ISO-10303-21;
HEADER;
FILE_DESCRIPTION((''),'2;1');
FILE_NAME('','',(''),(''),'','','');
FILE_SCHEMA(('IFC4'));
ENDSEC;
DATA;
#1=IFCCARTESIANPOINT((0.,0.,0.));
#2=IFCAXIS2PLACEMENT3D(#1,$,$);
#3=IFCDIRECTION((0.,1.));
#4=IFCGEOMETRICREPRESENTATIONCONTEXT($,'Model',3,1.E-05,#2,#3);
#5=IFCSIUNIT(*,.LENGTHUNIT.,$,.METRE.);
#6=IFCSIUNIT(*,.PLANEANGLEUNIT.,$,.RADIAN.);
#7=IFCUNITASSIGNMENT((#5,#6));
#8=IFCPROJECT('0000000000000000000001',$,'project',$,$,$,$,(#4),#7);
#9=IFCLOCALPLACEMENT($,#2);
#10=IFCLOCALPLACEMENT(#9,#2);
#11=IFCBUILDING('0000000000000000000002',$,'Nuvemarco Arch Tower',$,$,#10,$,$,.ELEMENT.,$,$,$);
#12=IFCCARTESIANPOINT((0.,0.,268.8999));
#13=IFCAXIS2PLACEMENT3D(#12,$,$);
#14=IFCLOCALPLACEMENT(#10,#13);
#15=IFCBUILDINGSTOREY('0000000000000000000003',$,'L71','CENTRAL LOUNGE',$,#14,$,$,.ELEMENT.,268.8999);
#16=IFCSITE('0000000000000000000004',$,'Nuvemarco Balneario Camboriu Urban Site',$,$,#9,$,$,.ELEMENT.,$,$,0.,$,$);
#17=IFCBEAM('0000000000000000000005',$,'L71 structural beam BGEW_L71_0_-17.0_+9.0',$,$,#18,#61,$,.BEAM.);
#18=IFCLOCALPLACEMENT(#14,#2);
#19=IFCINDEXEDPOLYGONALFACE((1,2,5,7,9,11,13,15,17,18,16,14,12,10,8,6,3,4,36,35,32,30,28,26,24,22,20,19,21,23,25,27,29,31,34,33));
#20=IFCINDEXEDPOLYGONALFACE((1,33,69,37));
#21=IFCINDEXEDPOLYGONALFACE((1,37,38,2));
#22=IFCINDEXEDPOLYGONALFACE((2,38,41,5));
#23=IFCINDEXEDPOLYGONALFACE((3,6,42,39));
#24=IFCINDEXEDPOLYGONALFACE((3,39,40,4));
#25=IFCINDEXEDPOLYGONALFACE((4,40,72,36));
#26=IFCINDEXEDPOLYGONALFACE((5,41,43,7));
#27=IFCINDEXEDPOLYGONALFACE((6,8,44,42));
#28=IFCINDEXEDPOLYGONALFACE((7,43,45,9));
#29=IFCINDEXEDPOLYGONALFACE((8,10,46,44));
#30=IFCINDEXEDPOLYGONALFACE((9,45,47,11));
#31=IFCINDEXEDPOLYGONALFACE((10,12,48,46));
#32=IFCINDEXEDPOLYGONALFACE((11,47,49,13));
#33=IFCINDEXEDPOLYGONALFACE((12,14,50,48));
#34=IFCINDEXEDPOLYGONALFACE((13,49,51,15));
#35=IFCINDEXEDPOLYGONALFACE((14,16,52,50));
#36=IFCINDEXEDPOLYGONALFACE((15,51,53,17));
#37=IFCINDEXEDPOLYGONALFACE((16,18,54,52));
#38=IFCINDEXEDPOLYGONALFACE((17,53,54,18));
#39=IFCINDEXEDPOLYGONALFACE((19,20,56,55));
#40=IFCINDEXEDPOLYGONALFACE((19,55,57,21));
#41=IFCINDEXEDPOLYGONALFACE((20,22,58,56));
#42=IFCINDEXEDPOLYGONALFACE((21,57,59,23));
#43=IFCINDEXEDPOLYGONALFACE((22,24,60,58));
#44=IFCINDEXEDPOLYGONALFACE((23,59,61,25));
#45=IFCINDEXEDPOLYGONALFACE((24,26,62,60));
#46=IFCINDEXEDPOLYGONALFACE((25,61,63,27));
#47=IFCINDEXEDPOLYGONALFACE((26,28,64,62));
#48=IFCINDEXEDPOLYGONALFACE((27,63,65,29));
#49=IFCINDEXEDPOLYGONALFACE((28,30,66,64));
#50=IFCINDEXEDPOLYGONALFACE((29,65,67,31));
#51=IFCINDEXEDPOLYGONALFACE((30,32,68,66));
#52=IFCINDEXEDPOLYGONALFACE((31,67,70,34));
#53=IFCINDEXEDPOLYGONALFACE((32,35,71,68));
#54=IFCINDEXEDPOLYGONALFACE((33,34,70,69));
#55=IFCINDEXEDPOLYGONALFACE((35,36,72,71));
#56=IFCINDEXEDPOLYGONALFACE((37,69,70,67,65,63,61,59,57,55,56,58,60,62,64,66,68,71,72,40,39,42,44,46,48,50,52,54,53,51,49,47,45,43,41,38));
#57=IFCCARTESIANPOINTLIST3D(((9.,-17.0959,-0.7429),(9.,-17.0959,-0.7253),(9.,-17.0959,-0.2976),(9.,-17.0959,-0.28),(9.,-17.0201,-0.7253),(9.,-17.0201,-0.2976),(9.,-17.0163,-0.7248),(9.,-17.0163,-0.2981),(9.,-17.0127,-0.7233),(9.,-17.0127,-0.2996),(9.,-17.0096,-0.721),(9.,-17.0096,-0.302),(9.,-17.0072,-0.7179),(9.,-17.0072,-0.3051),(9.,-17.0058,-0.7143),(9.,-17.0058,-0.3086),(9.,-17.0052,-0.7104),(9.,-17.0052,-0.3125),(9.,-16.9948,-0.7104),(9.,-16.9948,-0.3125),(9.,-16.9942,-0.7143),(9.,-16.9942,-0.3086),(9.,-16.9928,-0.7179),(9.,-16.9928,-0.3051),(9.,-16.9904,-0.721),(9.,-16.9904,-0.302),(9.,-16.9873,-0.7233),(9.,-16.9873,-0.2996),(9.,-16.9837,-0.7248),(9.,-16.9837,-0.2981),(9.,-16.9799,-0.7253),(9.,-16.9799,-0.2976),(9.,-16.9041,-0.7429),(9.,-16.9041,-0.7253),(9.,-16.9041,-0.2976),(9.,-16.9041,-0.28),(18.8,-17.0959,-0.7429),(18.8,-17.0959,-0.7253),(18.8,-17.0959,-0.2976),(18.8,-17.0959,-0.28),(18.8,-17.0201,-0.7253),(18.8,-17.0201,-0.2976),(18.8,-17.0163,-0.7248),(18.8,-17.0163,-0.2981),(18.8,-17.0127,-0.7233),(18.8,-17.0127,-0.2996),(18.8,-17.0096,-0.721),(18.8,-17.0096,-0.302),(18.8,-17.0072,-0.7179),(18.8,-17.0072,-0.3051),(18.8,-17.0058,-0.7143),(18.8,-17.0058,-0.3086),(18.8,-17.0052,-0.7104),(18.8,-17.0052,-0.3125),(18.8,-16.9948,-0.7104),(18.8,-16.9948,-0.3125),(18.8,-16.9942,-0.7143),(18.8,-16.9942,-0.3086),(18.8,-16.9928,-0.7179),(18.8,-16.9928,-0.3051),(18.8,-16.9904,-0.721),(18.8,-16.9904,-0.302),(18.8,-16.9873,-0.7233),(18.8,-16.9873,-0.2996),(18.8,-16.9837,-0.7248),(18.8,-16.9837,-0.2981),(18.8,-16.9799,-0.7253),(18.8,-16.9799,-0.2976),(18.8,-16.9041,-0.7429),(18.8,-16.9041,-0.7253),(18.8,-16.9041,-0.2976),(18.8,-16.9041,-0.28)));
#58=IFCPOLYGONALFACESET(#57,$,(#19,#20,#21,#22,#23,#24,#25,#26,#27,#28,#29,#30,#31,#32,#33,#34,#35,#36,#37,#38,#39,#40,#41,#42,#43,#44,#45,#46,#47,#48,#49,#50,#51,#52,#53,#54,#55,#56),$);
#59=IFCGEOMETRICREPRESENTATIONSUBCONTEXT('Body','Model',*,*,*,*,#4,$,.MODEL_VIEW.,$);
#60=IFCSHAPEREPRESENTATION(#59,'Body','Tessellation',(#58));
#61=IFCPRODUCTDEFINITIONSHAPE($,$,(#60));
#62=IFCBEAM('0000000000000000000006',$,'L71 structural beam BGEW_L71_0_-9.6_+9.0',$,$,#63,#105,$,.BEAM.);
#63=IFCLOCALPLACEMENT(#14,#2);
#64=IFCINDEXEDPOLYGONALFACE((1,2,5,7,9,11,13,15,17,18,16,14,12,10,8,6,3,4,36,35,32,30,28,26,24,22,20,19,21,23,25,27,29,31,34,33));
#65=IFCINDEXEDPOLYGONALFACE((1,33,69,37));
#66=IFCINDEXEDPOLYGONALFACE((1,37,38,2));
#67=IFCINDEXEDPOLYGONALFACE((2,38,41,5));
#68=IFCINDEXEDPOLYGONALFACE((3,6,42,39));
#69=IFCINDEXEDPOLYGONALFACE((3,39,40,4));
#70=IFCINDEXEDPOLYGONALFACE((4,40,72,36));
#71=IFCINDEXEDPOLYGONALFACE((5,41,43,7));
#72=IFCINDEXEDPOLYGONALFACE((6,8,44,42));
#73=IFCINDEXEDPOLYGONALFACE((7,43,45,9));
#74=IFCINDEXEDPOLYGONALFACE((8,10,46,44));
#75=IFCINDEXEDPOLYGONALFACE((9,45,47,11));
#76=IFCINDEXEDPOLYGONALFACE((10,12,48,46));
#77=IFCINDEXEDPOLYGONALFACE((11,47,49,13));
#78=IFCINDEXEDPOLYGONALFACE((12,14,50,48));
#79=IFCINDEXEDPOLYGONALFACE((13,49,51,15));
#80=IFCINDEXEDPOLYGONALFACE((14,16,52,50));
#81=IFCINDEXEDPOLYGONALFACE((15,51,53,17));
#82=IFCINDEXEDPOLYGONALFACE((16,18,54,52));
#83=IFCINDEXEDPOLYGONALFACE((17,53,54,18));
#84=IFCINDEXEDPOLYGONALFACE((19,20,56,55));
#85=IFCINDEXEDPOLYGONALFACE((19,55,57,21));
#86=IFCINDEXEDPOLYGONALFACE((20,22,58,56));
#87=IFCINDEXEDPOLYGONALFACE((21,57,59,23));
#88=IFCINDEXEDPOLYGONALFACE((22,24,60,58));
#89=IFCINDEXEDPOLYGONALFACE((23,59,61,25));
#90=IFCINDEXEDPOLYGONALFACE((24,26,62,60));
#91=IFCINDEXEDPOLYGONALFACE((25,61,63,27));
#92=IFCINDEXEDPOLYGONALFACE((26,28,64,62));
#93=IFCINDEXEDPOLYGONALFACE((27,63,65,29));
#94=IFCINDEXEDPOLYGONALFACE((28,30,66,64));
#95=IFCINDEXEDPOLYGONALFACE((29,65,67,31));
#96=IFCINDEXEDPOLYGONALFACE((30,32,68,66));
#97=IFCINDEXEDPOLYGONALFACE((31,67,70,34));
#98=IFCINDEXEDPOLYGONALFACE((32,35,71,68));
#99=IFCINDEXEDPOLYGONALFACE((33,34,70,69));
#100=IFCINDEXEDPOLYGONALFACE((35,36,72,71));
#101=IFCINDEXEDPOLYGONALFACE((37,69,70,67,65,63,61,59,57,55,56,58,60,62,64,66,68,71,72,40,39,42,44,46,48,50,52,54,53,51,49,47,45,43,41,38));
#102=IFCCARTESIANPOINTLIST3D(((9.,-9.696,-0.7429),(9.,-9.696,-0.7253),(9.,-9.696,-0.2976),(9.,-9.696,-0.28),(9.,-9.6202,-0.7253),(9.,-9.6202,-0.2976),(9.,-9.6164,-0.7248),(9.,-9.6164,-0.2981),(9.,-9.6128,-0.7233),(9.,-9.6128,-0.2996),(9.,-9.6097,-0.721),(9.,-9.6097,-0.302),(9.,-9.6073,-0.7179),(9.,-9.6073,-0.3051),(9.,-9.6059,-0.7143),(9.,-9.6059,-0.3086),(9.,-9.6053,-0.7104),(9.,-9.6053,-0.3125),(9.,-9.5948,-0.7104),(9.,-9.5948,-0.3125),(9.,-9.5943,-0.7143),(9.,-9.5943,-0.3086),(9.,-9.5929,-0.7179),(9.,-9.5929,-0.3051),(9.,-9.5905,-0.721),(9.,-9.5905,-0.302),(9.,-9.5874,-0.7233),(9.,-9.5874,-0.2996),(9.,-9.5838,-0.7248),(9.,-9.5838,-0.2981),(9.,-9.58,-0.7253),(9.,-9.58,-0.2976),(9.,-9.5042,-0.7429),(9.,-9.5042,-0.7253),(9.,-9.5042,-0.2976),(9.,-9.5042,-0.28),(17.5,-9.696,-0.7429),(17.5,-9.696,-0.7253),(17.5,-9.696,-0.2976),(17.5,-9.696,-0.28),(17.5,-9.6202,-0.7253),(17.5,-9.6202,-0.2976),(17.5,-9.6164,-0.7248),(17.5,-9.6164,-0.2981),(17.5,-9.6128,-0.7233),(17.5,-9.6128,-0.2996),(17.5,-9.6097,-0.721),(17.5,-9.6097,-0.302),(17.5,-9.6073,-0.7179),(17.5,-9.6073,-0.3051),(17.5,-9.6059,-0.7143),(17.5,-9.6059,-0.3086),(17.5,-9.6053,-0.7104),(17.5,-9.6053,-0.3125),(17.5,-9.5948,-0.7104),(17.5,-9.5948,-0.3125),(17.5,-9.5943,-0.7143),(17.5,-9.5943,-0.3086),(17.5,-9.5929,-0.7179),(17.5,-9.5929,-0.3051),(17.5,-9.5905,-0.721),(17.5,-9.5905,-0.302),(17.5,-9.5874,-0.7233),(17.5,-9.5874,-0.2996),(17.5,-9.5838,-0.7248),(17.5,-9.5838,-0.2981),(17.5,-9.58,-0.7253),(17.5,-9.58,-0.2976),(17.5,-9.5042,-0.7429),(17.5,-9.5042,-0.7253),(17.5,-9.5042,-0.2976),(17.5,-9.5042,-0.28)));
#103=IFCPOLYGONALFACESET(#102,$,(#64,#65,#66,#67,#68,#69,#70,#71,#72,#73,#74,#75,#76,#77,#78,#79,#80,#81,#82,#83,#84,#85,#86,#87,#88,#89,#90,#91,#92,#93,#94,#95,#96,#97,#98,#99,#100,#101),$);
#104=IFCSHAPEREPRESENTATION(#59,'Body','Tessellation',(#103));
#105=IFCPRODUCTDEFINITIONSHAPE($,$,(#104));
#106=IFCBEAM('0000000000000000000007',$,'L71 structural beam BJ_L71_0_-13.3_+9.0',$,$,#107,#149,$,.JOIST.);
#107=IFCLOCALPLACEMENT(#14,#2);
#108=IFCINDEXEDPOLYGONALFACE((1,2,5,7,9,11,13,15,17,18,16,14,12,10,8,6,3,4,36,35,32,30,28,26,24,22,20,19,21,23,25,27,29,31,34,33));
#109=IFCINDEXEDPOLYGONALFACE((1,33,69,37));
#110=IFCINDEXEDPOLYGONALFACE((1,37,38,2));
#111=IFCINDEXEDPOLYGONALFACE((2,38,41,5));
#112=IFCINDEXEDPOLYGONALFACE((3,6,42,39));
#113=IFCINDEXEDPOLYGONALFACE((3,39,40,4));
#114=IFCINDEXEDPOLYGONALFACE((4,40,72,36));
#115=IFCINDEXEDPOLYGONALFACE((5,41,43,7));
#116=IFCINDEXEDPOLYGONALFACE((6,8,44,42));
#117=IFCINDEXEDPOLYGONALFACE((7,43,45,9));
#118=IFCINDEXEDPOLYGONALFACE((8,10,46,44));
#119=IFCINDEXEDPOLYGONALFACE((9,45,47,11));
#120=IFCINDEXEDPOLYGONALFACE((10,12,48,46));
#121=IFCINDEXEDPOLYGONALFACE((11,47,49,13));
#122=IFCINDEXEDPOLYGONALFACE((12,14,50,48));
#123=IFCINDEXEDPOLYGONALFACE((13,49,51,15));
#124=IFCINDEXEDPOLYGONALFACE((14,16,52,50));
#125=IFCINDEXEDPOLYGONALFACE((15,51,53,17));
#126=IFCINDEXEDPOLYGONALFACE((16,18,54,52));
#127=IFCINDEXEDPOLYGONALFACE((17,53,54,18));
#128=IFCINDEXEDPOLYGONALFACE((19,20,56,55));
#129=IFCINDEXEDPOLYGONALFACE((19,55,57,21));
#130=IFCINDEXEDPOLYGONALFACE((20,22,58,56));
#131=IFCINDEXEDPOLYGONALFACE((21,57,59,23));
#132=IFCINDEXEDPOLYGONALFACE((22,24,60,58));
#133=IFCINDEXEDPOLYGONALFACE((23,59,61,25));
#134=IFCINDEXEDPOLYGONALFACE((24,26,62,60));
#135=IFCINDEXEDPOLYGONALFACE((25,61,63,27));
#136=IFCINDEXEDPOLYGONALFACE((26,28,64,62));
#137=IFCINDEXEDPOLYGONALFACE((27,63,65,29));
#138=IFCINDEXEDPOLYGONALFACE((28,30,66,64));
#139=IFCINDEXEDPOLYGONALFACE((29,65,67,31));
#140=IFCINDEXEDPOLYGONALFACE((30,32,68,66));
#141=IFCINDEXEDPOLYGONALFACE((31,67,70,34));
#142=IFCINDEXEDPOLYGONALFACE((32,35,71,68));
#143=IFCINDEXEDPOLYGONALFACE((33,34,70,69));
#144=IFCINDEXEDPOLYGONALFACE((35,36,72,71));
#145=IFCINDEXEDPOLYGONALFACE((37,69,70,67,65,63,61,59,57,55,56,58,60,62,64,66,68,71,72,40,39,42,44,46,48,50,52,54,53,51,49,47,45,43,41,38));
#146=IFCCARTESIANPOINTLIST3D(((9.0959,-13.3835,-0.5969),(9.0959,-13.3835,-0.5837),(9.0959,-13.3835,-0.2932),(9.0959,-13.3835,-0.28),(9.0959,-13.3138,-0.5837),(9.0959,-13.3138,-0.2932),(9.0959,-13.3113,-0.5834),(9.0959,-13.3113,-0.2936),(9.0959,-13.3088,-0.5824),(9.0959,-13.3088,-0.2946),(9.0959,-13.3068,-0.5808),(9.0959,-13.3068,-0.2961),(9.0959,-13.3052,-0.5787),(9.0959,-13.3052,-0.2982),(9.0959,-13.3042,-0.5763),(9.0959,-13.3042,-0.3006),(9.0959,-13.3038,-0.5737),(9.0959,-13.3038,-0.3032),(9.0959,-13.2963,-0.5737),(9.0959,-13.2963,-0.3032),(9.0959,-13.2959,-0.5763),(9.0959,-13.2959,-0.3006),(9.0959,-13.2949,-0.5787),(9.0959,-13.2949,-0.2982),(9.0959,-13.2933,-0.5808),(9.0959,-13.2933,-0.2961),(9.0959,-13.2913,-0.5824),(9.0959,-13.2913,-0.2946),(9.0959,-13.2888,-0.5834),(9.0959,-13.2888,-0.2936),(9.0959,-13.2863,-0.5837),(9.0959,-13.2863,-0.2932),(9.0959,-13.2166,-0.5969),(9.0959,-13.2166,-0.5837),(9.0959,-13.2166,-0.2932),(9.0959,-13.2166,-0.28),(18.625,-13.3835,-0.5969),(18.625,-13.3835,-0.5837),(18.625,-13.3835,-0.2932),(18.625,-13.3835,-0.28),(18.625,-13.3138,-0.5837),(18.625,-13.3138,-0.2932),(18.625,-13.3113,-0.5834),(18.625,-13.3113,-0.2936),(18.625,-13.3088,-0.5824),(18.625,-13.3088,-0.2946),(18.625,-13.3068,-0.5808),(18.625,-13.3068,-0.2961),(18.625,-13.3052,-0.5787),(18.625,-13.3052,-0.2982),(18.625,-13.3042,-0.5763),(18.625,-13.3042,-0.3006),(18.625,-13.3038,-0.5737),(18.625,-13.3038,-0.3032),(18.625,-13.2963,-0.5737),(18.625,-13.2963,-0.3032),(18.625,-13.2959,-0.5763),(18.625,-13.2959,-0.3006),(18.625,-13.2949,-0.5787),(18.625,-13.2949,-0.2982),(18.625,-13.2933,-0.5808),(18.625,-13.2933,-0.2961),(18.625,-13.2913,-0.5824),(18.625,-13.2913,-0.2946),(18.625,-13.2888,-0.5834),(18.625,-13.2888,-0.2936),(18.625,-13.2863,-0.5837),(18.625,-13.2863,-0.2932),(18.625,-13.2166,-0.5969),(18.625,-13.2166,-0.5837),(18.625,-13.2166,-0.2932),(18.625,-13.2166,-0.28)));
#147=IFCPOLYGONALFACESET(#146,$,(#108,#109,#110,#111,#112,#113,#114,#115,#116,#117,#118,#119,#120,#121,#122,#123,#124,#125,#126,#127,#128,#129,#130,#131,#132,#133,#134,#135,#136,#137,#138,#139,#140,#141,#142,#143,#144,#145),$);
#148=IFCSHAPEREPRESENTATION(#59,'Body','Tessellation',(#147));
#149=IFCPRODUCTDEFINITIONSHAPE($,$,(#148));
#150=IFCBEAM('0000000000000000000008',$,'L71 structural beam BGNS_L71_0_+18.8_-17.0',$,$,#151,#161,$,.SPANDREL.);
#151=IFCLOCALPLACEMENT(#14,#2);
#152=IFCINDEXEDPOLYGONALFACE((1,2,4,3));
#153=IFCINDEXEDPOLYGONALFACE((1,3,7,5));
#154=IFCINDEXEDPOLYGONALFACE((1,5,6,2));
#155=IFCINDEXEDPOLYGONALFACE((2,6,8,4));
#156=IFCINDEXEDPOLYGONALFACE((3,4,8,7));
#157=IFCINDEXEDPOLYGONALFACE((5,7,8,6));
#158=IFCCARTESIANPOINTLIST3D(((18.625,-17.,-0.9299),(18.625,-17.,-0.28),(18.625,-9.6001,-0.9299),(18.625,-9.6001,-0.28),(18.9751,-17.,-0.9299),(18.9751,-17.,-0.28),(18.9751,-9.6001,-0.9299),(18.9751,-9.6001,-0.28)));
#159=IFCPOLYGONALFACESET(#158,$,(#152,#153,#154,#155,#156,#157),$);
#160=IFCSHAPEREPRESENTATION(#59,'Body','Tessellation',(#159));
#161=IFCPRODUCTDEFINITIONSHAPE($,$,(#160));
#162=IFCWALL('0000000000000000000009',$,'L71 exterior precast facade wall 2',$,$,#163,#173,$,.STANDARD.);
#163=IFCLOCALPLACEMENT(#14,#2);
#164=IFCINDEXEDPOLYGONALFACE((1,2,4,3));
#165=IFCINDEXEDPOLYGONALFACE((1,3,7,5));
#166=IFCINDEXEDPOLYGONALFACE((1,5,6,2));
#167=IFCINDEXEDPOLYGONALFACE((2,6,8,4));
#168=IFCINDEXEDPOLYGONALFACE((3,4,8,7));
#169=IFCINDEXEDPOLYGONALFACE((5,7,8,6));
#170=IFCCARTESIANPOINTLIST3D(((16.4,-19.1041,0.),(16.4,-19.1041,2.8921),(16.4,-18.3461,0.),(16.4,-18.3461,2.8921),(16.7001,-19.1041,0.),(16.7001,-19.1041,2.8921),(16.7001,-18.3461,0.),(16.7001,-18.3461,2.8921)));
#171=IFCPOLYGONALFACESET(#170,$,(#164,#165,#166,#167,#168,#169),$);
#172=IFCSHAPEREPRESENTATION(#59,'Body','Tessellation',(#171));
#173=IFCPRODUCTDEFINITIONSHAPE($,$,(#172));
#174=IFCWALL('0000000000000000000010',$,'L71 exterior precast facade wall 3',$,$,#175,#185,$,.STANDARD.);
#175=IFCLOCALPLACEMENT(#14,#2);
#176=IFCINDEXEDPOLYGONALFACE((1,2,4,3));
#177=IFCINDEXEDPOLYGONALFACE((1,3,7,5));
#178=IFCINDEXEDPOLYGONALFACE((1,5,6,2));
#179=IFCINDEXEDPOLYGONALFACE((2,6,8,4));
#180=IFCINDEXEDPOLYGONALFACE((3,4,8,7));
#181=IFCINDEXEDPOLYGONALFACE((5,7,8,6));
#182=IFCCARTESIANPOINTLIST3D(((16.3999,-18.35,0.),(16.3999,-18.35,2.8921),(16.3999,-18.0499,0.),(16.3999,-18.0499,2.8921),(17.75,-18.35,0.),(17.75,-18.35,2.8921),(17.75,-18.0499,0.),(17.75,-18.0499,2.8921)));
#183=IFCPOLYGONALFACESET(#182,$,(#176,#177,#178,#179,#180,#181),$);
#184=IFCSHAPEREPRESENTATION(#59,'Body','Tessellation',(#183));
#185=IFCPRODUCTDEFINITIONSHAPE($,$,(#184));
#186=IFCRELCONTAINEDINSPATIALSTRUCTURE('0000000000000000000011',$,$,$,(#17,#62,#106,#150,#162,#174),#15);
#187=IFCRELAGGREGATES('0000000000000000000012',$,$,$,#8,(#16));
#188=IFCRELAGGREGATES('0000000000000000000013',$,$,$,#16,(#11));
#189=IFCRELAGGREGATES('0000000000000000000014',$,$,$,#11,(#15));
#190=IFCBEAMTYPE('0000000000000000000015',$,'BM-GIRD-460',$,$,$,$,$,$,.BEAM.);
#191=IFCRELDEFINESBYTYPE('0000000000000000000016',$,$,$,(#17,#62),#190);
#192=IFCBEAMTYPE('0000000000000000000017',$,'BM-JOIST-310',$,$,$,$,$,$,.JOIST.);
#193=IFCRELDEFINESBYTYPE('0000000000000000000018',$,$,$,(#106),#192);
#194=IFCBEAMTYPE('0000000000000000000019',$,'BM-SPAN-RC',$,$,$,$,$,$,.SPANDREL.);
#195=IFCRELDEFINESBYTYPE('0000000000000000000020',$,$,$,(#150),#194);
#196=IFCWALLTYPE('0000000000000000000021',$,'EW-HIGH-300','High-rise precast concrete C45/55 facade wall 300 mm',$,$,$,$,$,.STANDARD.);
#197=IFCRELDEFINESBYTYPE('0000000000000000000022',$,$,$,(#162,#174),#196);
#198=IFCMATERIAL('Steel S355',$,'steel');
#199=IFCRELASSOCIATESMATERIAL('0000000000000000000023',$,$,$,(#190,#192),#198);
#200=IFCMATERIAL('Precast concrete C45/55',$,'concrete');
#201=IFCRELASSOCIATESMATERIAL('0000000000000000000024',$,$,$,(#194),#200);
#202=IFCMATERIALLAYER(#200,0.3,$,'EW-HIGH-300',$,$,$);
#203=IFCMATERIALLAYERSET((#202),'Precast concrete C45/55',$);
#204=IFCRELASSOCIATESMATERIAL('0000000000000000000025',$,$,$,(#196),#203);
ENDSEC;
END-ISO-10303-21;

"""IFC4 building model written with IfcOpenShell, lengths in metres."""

from ifc_helpers import new_model, si_unit, direction, frame, frame_2d, origin, origin_2d, place, context, subcontext, project, spatial, rectangle, i_section, extrude, material, layer, layer_set, material_profile, profile_set, type_object, element, save


model = new_model("IFC4")

# Units and contexts
model_context = context("Model", 3, precision=1e-05, world=origin(), true_north=direction((0.0, 1.0)))
body_context = subcontext(model_context, "Body", "Model", "MODEL_VIEW")
ifc_project = project(units=[si_unit("LENGTHUNIT", "METRE"), si_unit("PLANEANGLEUNIT", "RADIAN")], contexts=[model_context])

# Site, building, storey
site_placement = place(None, origin())
site = spatial("IfcSite", under=ifc_project, at=site_placement, Name="Nuvemarco Balneario Camboriu Urban Site", CompositionType="ELEMENT", RefElevation=0.0)
building_placement = place(site_placement, origin())
building = spatial("IfcBuilding", under=site, at=building_placement, Name="Nuvemarco Arch Tower", CompositionType="ELEMENT")
storey_placement = place(building_placement, frame((0.0, 0.0, 268.8999)))
storey = spatial("IfcBuildingStorey", under=building, at=storey_placement, Name="L71", Description="CENTRAL LOUNGE", CompositionType="ELEMENT", Elevation=268.8999)

# Shared definitions
ifc_material_1 = material(Name="Steel S355", Category="steel")

# Beams
ifc_material_profile_1 = material_profile(ifc_material_1, i_section(OverallWidth=0.1919, OverallDepth=0.4629, WebThickness=0.0105, FlangeThickness=0.0176, FilletRadius=0.0149, at=origin_2d()), Name="W460x89")
ifc_profile_set_1 = profile_set([ifc_material_profile_1], Name="Steel S355")
beam_type_1 = type_object("IfcBeamType", Name="BM-GIRD-460", PredefinedType="BEAM", material=ifc_profile_set_1)
beam_1_placement = place(storey_placement, frame((9.0, -17.0, -0.5115), z_axis=(1.0, 0.0, 0.0), x_axis=(0.0, 1.0, 0.0)))
element("IfcBeam", 1, at=beam_1_placement, inside=storey, type_object=beam_type_1, Name="L71 structural beam BGEW_L71_0_-17.0_+9.0", PredefinedType="BEAM", context=body_context, shape_type="SweptSolid", body=[
    extrude(i_section(OverallWidth=0.1919, OverallDepth=0.4629, WebThickness=0.0105, FlangeThickness=0.0176, FilletRadius=0.0149, at=origin_2d()), origin(), (0.0, 0.0, 1.0), 9.8),
])
beam_2_placement = place(storey_placement, frame((9.0, -9.6001, -0.5115), z_axis=(1.0, 0.0, 0.0), x_axis=(0.0, 1.0, 0.0)))
element("IfcBeam", 2, at=beam_2_placement, inside=storey, type_object=beam_type_1, Name="L71 structural beam BGEW_L71_0_-9.6_+9.0", PredefinedType="BEAM", context=body_context, shape_type="SweptSolid", body=[
    extrude(i_section(OverallWidth=0.1919, OverallDepth=0.4629, WebThickness=0.0105, FlangeThickness=0.0176, FilletRadius=0.0149, at=origin_2d()), origin(), (0.0, 0.0, 1.0), 8.5),
])
ifc_material_profile_2 = material_profile(ifc_material_1, i_section(OverallWidth=0.167, OverallDepth=0.3169, WebThickness=0.0076, FlangeThickness=0.0132, FilletRadius=0.01, at=origin_2d()), Name="W310x52")
ifc_profile_set_2 = profile_set([ifc_material_profile_2], Name="Steel S355")
beam_type_2 = type_object("IfcBeamType", Name="BM-JOIST-310", PredefinedType="JOIST", material=ifc_profile_set_2)
beam_3_placement = place(storey_placement, frame((9.0959, -13.3, -0.4385), z_axis=(1.0, 0.0, 0.0), x_axis=(0.0, 1.0, 0.0)))
element("IfcBeam", 3, at=beam_3_placement, inside=storey, type_object=beam_type_2, Name="L71 structural beam BJ_L71_0_-13.3_+9.0", PredefinedType="JOIST", context=body_context, shape_type="SweptSolid", body=[
    extrude(i_section(OverallWidth=0.167, OverallDepth=0.3169, WebThickness=0.0076, FlangeThickness=0.0132, FilletRadius=0.01, at=origin_2d()), origin(), (0.0, 0.0, 1.0), 9.5291),
])
ifc_material_2 = material(Name="Precast concrete C45/55", Category="concrete")
ifc_material_profile_3 = material_profile(ifc_material_2, rectangle(XDim=0.3501, YDim=0.6499, at=origin_2d()), Name="PC-SP-350x650")
ifc_profile_set_3 = profile_set([ifc_material_profile_3], Name="Precast concrete C45/55")
beam_type_3 = type_object("IfcBeamType", Name="BM-SPAN-RC", PredefinedType="SPANDREL", material=ifc_profile_set_3)
beam_4_placement = place(storey_placement, frame((18.8, -17.0, -0.605), z_axis=(0.0, 1.0, 0.0), x_axis=(-1.0, 0.0, 0.0)))
element("IfcBeam", 4, at=beam_4_placement, inside=storey, type_object=beam_type_3, Name="L71 structural beam BGNS_L71_0_+18.8_-17.0", PredefinedType="SPANDREL", context=body_context, shape_type="SweptSolid", body=[
    extrude(rectangle(XDim=0.3501, YDim=0.6499, at=origin_2d()), origin(), (0.0, 0.0, 1.0), 7.3999),
])

# Walls
ifc_layer_1 = layer(ifc_material_2, 0.3, Name="EW-HIGH-300")
ifc_layer_set_1 = layer_set([ifc_layer_1], Name="Precast concrete C45/55")
wall_type_1 = type_object("IfcWallType", Name="EW-HIGH-300", Description="High-rise precast concrete C45/55 facade wall 300 mm", PredefinedType="STANDARD", material=ifc_layer_set_1)
wall_1_placement = place(storey_placement, frame((16.55, -19.104, 0.0), z_axis=(0.0, 0.0, 1.0), x_axis=(0.0, 1.0, 0.0)))
element("IfcWall", 5, at=wall_1_placement, inside=storey, type_object=wall_type_1, Name="L71 exterior precast facade wall 2", PredefinedType="STANDARD", context=body_context, shape_type="SweptSolid", body=[
    extrude(rectangle(XDim=0.7581, YDim=0.3, at=frame_2d((0.3789, 0.0))), origin(), (0.0, 0.0, 1.0), 2.8921),
])
wall_2_placement = place(storey_placement, frame((16.3999, -18.2, 0.0), z_axis=(0.0, 0.0, 1.0), x_axis=(1.0, 0.0, 0.0)))
element("IfcWall", 6, at=wall_2_placement, inside=storey, type_object=wall_type_1, Name="L71 exterior precast facade wall 3", PredefinedType="STANDARD", context=body_context, shape_type="SweptSolid", body=[
    extrude(rectangle(XDim=1.3501, YDim=0.3, at=frame_2d((0.675, 0.0))), origin(), (0.0, 0.0, 1.0), 2.8921),
])

save(model, "model.ifc")
